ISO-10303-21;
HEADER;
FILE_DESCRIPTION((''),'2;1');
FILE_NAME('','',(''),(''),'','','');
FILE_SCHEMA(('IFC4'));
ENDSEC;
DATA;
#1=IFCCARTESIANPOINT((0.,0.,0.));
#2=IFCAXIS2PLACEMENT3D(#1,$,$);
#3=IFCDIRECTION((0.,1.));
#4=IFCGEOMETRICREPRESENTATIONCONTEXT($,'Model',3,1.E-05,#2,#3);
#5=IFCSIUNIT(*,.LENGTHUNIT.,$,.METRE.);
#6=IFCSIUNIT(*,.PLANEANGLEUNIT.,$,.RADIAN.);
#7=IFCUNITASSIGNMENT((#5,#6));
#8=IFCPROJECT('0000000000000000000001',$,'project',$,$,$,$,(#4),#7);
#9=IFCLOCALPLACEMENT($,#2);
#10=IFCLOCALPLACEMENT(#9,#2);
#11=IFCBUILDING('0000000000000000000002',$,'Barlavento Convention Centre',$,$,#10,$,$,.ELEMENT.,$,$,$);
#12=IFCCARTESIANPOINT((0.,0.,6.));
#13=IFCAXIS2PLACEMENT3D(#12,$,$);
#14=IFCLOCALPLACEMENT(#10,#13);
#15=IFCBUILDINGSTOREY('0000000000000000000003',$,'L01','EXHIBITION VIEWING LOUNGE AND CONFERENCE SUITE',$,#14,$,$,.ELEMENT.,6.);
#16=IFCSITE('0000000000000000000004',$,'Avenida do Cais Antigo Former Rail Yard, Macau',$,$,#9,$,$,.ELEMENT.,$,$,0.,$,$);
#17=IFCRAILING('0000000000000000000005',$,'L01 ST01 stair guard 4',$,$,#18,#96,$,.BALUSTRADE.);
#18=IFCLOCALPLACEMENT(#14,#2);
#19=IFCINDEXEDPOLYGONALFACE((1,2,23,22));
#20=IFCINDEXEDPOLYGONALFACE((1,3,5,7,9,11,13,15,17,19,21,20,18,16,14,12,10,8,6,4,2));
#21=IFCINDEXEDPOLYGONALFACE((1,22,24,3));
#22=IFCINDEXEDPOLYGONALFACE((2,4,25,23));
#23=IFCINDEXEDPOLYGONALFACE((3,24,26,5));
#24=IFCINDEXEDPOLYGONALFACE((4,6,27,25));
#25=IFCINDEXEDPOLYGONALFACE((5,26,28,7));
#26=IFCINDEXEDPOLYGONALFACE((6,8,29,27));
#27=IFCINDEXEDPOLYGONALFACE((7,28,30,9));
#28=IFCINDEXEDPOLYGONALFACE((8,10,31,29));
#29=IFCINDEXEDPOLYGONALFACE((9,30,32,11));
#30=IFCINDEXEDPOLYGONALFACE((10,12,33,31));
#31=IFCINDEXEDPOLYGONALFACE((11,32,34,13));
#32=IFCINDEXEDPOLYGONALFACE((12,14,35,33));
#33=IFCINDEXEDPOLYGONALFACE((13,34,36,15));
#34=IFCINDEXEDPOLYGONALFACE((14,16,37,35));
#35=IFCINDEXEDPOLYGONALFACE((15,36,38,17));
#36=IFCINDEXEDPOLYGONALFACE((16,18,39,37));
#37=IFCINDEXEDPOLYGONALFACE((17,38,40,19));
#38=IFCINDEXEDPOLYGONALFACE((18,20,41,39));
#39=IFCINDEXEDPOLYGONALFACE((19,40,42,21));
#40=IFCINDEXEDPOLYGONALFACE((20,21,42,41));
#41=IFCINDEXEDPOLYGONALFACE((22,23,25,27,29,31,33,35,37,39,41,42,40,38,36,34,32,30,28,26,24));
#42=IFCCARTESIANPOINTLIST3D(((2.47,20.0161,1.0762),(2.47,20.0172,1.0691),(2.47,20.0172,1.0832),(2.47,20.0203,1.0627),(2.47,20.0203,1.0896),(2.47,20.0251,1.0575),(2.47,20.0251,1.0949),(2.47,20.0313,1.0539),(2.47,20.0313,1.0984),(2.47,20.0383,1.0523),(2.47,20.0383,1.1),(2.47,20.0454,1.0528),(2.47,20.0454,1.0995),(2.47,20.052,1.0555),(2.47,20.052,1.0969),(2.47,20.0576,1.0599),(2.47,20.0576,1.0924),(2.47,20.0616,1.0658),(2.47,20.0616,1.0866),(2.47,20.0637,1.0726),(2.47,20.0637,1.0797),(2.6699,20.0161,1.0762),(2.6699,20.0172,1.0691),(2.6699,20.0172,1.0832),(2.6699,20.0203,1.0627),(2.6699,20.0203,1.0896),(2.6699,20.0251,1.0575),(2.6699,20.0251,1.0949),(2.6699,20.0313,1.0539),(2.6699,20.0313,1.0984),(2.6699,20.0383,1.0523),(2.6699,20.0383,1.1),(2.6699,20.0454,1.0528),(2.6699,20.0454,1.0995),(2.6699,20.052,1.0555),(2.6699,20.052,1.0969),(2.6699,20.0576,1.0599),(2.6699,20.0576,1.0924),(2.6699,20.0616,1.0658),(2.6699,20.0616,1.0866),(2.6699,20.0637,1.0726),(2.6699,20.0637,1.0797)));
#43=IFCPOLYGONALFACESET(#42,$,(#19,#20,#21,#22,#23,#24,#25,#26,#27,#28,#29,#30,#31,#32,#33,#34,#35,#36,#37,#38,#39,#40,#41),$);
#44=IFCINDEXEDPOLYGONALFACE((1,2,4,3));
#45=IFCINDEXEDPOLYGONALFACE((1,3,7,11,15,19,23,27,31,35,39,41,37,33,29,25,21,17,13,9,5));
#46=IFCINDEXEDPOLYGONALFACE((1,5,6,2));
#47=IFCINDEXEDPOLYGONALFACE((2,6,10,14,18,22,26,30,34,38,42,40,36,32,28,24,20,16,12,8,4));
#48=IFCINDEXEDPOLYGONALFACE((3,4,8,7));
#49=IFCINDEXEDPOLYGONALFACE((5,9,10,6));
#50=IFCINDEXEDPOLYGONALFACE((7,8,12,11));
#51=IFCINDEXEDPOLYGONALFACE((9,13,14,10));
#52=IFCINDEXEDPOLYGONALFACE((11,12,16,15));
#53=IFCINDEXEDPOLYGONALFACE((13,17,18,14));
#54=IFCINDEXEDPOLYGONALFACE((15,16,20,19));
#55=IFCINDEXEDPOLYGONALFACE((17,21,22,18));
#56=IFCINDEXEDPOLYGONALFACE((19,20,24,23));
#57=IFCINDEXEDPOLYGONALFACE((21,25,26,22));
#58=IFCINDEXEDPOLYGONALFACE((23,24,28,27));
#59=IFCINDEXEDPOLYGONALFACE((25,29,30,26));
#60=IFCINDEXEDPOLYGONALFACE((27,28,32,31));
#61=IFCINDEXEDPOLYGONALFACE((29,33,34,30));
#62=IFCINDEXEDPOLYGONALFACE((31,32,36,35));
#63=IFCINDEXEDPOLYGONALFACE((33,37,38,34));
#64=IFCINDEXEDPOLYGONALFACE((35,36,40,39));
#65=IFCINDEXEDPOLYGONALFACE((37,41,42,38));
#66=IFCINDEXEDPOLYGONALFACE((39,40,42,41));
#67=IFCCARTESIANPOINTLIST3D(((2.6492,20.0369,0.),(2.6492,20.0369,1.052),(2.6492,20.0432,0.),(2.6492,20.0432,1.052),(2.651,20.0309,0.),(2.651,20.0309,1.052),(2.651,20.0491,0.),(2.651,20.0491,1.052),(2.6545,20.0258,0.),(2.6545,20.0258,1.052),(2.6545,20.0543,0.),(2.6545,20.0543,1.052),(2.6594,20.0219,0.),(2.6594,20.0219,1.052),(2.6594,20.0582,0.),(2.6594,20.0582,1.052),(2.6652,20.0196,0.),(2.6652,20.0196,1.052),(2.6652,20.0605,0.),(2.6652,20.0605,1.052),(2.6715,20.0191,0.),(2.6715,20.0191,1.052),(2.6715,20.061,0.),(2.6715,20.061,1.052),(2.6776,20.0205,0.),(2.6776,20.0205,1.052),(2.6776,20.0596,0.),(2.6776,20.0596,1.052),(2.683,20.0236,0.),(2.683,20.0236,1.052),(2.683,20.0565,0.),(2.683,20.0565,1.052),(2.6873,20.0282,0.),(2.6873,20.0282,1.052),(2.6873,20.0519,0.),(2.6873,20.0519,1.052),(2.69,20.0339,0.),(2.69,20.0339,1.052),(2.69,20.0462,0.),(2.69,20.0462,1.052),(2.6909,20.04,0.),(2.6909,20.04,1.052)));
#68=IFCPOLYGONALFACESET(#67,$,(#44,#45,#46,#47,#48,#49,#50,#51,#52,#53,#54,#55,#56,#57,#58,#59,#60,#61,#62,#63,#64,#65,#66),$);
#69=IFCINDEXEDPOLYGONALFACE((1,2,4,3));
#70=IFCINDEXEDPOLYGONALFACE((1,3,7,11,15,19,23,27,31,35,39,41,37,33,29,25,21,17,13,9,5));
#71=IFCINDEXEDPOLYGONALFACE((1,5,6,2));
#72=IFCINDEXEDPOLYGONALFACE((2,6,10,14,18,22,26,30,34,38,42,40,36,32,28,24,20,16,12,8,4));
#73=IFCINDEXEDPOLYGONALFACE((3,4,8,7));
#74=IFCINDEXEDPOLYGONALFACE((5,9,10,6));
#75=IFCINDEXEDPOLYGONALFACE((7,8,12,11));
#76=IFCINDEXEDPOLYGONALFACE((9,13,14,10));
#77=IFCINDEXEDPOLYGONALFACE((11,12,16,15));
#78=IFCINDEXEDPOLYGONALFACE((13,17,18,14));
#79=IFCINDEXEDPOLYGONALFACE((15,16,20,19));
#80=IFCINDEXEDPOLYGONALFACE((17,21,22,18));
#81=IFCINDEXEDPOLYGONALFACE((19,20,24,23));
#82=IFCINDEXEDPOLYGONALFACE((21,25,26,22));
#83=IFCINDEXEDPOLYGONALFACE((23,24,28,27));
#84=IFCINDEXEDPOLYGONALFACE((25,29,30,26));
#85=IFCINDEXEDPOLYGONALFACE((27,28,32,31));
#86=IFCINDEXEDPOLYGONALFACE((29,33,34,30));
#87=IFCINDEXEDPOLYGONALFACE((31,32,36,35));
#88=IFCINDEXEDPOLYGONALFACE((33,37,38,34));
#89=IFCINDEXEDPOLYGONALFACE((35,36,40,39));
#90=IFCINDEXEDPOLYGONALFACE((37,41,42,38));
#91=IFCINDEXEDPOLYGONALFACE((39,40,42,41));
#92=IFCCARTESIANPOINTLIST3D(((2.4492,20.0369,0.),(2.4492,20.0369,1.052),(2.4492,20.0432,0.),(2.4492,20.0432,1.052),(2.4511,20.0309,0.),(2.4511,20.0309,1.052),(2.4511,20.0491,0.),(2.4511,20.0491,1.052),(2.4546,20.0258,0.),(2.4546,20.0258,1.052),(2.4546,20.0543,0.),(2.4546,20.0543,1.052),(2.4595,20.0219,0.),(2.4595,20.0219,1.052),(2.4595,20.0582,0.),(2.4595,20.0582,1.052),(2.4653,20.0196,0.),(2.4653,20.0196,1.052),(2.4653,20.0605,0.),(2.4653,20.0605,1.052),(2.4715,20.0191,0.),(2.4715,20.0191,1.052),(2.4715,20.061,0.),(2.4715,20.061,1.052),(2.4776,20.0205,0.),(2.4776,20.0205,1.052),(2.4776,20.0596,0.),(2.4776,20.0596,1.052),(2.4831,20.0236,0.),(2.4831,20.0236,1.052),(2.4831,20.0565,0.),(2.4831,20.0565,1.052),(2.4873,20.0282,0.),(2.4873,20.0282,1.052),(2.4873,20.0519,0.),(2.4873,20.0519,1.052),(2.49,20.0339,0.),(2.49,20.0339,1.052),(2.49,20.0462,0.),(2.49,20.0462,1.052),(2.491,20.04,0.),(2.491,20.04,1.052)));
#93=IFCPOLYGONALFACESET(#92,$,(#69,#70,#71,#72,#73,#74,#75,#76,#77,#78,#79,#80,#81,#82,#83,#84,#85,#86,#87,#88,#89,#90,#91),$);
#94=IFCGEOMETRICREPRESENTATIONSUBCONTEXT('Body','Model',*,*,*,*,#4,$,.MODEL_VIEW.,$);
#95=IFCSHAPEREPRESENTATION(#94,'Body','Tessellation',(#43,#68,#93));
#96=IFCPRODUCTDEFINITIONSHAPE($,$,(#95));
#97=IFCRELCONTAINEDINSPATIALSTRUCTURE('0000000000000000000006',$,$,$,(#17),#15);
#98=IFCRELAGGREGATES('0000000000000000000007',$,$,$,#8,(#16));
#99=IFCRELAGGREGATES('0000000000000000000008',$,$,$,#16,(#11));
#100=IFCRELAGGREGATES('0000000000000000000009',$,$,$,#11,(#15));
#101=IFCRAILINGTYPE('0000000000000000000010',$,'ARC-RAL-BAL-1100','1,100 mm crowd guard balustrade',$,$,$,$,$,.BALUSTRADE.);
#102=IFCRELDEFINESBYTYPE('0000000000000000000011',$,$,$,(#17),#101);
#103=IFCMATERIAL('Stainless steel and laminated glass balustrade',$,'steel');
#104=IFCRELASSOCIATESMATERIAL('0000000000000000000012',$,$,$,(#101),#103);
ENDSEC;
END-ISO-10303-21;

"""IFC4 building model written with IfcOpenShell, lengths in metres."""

from ifc_helpers import new_model, si_unit, direction, frame, origin, origin_2d, place, context, subcontext, project, spatial, circle, extrude, material, type_object, element, save


model = new_model("IFC4")

# Units and contexts
model_context = context("Model", 3, precision=1e-05, world=origin(), true_north=direction((0.0, 1.0)))
body_context = subcontext(model_context, "Body", "Model", "MODEL_VIEW")
ifc_project = project(units=[si_unit("LENGTHUNIT", "METRE"), si_unit("PLANEANGLEUNIT", "RADIAN")], contexts=[model_context])

# Site, building, storey
site_placement = place(None, origin())
site = spatial("IfcSite", under=ifc_project, at=site_placement, Name="Avenida do Cais Antigo Former Rail Yard, Macau", CompositionType="ELEMENT", RefElevation=0.0)
building_placement = place(site_placement, origin())
building = spatial("IfcBuilding", under=site, at=building_placement, Name="Barlavento Convention Centre", CompositionType="ELEMENT")
storey_placement = place(building_placement, frame((0.0, 0.0, 6.0)))
storey = spatial("IfcBuildingStorey", under=building, at=storey_placement, Name="L01", Description="EXHIBITION VIEWING LOUNGE AND CONFERENCE SUITE", CompositionType="ELEMENT", Elevation=6.0)

# Railing
ifc_material_1 = material(Name="Stainless steel and laminated glass balustrade", Category="steel")
railing_type_1 = type_object("IfcRailingType", Name="ARC-RAL-BAL-1100", Description="1,100 mm crowd guard balustrade", PredefinedType="BALUSTRADE", material=ifc_material_1)
railing_1_placement = place(storey_placement, frame((2.6699, 20.04, 0.0)))
element("IfcRailing", 1, at=railing_1_placement, inside=storey, type_object=railing_type_1, Name="L01 ST01 stair guard 4", PredefinedType="BALUSTRADE", context=body_context, shape_type="SweptSolid", body=[
    extrude(circle(Radius=0.0239, at=origin_2d()), frame((0.0, 0.0, 1.0762), z_axis=(-1.0, 0.0, 0.0), x_axis=(0.0, -1.0, 0.0)), (0.0, 0.0, 1.0), 0.2),
    extrude(circle(Radius=0.021, at=origin_2d()), origin(), (0.0, 0.0, 1.0), 1.052),
    extrude(circle(Radius=0.021, at=origin_2d()), frame((-0.2, 0.0, 0.0)), (0.0, 0.0, 1.0), 1.052),
])

save(model, "model.ifc")
